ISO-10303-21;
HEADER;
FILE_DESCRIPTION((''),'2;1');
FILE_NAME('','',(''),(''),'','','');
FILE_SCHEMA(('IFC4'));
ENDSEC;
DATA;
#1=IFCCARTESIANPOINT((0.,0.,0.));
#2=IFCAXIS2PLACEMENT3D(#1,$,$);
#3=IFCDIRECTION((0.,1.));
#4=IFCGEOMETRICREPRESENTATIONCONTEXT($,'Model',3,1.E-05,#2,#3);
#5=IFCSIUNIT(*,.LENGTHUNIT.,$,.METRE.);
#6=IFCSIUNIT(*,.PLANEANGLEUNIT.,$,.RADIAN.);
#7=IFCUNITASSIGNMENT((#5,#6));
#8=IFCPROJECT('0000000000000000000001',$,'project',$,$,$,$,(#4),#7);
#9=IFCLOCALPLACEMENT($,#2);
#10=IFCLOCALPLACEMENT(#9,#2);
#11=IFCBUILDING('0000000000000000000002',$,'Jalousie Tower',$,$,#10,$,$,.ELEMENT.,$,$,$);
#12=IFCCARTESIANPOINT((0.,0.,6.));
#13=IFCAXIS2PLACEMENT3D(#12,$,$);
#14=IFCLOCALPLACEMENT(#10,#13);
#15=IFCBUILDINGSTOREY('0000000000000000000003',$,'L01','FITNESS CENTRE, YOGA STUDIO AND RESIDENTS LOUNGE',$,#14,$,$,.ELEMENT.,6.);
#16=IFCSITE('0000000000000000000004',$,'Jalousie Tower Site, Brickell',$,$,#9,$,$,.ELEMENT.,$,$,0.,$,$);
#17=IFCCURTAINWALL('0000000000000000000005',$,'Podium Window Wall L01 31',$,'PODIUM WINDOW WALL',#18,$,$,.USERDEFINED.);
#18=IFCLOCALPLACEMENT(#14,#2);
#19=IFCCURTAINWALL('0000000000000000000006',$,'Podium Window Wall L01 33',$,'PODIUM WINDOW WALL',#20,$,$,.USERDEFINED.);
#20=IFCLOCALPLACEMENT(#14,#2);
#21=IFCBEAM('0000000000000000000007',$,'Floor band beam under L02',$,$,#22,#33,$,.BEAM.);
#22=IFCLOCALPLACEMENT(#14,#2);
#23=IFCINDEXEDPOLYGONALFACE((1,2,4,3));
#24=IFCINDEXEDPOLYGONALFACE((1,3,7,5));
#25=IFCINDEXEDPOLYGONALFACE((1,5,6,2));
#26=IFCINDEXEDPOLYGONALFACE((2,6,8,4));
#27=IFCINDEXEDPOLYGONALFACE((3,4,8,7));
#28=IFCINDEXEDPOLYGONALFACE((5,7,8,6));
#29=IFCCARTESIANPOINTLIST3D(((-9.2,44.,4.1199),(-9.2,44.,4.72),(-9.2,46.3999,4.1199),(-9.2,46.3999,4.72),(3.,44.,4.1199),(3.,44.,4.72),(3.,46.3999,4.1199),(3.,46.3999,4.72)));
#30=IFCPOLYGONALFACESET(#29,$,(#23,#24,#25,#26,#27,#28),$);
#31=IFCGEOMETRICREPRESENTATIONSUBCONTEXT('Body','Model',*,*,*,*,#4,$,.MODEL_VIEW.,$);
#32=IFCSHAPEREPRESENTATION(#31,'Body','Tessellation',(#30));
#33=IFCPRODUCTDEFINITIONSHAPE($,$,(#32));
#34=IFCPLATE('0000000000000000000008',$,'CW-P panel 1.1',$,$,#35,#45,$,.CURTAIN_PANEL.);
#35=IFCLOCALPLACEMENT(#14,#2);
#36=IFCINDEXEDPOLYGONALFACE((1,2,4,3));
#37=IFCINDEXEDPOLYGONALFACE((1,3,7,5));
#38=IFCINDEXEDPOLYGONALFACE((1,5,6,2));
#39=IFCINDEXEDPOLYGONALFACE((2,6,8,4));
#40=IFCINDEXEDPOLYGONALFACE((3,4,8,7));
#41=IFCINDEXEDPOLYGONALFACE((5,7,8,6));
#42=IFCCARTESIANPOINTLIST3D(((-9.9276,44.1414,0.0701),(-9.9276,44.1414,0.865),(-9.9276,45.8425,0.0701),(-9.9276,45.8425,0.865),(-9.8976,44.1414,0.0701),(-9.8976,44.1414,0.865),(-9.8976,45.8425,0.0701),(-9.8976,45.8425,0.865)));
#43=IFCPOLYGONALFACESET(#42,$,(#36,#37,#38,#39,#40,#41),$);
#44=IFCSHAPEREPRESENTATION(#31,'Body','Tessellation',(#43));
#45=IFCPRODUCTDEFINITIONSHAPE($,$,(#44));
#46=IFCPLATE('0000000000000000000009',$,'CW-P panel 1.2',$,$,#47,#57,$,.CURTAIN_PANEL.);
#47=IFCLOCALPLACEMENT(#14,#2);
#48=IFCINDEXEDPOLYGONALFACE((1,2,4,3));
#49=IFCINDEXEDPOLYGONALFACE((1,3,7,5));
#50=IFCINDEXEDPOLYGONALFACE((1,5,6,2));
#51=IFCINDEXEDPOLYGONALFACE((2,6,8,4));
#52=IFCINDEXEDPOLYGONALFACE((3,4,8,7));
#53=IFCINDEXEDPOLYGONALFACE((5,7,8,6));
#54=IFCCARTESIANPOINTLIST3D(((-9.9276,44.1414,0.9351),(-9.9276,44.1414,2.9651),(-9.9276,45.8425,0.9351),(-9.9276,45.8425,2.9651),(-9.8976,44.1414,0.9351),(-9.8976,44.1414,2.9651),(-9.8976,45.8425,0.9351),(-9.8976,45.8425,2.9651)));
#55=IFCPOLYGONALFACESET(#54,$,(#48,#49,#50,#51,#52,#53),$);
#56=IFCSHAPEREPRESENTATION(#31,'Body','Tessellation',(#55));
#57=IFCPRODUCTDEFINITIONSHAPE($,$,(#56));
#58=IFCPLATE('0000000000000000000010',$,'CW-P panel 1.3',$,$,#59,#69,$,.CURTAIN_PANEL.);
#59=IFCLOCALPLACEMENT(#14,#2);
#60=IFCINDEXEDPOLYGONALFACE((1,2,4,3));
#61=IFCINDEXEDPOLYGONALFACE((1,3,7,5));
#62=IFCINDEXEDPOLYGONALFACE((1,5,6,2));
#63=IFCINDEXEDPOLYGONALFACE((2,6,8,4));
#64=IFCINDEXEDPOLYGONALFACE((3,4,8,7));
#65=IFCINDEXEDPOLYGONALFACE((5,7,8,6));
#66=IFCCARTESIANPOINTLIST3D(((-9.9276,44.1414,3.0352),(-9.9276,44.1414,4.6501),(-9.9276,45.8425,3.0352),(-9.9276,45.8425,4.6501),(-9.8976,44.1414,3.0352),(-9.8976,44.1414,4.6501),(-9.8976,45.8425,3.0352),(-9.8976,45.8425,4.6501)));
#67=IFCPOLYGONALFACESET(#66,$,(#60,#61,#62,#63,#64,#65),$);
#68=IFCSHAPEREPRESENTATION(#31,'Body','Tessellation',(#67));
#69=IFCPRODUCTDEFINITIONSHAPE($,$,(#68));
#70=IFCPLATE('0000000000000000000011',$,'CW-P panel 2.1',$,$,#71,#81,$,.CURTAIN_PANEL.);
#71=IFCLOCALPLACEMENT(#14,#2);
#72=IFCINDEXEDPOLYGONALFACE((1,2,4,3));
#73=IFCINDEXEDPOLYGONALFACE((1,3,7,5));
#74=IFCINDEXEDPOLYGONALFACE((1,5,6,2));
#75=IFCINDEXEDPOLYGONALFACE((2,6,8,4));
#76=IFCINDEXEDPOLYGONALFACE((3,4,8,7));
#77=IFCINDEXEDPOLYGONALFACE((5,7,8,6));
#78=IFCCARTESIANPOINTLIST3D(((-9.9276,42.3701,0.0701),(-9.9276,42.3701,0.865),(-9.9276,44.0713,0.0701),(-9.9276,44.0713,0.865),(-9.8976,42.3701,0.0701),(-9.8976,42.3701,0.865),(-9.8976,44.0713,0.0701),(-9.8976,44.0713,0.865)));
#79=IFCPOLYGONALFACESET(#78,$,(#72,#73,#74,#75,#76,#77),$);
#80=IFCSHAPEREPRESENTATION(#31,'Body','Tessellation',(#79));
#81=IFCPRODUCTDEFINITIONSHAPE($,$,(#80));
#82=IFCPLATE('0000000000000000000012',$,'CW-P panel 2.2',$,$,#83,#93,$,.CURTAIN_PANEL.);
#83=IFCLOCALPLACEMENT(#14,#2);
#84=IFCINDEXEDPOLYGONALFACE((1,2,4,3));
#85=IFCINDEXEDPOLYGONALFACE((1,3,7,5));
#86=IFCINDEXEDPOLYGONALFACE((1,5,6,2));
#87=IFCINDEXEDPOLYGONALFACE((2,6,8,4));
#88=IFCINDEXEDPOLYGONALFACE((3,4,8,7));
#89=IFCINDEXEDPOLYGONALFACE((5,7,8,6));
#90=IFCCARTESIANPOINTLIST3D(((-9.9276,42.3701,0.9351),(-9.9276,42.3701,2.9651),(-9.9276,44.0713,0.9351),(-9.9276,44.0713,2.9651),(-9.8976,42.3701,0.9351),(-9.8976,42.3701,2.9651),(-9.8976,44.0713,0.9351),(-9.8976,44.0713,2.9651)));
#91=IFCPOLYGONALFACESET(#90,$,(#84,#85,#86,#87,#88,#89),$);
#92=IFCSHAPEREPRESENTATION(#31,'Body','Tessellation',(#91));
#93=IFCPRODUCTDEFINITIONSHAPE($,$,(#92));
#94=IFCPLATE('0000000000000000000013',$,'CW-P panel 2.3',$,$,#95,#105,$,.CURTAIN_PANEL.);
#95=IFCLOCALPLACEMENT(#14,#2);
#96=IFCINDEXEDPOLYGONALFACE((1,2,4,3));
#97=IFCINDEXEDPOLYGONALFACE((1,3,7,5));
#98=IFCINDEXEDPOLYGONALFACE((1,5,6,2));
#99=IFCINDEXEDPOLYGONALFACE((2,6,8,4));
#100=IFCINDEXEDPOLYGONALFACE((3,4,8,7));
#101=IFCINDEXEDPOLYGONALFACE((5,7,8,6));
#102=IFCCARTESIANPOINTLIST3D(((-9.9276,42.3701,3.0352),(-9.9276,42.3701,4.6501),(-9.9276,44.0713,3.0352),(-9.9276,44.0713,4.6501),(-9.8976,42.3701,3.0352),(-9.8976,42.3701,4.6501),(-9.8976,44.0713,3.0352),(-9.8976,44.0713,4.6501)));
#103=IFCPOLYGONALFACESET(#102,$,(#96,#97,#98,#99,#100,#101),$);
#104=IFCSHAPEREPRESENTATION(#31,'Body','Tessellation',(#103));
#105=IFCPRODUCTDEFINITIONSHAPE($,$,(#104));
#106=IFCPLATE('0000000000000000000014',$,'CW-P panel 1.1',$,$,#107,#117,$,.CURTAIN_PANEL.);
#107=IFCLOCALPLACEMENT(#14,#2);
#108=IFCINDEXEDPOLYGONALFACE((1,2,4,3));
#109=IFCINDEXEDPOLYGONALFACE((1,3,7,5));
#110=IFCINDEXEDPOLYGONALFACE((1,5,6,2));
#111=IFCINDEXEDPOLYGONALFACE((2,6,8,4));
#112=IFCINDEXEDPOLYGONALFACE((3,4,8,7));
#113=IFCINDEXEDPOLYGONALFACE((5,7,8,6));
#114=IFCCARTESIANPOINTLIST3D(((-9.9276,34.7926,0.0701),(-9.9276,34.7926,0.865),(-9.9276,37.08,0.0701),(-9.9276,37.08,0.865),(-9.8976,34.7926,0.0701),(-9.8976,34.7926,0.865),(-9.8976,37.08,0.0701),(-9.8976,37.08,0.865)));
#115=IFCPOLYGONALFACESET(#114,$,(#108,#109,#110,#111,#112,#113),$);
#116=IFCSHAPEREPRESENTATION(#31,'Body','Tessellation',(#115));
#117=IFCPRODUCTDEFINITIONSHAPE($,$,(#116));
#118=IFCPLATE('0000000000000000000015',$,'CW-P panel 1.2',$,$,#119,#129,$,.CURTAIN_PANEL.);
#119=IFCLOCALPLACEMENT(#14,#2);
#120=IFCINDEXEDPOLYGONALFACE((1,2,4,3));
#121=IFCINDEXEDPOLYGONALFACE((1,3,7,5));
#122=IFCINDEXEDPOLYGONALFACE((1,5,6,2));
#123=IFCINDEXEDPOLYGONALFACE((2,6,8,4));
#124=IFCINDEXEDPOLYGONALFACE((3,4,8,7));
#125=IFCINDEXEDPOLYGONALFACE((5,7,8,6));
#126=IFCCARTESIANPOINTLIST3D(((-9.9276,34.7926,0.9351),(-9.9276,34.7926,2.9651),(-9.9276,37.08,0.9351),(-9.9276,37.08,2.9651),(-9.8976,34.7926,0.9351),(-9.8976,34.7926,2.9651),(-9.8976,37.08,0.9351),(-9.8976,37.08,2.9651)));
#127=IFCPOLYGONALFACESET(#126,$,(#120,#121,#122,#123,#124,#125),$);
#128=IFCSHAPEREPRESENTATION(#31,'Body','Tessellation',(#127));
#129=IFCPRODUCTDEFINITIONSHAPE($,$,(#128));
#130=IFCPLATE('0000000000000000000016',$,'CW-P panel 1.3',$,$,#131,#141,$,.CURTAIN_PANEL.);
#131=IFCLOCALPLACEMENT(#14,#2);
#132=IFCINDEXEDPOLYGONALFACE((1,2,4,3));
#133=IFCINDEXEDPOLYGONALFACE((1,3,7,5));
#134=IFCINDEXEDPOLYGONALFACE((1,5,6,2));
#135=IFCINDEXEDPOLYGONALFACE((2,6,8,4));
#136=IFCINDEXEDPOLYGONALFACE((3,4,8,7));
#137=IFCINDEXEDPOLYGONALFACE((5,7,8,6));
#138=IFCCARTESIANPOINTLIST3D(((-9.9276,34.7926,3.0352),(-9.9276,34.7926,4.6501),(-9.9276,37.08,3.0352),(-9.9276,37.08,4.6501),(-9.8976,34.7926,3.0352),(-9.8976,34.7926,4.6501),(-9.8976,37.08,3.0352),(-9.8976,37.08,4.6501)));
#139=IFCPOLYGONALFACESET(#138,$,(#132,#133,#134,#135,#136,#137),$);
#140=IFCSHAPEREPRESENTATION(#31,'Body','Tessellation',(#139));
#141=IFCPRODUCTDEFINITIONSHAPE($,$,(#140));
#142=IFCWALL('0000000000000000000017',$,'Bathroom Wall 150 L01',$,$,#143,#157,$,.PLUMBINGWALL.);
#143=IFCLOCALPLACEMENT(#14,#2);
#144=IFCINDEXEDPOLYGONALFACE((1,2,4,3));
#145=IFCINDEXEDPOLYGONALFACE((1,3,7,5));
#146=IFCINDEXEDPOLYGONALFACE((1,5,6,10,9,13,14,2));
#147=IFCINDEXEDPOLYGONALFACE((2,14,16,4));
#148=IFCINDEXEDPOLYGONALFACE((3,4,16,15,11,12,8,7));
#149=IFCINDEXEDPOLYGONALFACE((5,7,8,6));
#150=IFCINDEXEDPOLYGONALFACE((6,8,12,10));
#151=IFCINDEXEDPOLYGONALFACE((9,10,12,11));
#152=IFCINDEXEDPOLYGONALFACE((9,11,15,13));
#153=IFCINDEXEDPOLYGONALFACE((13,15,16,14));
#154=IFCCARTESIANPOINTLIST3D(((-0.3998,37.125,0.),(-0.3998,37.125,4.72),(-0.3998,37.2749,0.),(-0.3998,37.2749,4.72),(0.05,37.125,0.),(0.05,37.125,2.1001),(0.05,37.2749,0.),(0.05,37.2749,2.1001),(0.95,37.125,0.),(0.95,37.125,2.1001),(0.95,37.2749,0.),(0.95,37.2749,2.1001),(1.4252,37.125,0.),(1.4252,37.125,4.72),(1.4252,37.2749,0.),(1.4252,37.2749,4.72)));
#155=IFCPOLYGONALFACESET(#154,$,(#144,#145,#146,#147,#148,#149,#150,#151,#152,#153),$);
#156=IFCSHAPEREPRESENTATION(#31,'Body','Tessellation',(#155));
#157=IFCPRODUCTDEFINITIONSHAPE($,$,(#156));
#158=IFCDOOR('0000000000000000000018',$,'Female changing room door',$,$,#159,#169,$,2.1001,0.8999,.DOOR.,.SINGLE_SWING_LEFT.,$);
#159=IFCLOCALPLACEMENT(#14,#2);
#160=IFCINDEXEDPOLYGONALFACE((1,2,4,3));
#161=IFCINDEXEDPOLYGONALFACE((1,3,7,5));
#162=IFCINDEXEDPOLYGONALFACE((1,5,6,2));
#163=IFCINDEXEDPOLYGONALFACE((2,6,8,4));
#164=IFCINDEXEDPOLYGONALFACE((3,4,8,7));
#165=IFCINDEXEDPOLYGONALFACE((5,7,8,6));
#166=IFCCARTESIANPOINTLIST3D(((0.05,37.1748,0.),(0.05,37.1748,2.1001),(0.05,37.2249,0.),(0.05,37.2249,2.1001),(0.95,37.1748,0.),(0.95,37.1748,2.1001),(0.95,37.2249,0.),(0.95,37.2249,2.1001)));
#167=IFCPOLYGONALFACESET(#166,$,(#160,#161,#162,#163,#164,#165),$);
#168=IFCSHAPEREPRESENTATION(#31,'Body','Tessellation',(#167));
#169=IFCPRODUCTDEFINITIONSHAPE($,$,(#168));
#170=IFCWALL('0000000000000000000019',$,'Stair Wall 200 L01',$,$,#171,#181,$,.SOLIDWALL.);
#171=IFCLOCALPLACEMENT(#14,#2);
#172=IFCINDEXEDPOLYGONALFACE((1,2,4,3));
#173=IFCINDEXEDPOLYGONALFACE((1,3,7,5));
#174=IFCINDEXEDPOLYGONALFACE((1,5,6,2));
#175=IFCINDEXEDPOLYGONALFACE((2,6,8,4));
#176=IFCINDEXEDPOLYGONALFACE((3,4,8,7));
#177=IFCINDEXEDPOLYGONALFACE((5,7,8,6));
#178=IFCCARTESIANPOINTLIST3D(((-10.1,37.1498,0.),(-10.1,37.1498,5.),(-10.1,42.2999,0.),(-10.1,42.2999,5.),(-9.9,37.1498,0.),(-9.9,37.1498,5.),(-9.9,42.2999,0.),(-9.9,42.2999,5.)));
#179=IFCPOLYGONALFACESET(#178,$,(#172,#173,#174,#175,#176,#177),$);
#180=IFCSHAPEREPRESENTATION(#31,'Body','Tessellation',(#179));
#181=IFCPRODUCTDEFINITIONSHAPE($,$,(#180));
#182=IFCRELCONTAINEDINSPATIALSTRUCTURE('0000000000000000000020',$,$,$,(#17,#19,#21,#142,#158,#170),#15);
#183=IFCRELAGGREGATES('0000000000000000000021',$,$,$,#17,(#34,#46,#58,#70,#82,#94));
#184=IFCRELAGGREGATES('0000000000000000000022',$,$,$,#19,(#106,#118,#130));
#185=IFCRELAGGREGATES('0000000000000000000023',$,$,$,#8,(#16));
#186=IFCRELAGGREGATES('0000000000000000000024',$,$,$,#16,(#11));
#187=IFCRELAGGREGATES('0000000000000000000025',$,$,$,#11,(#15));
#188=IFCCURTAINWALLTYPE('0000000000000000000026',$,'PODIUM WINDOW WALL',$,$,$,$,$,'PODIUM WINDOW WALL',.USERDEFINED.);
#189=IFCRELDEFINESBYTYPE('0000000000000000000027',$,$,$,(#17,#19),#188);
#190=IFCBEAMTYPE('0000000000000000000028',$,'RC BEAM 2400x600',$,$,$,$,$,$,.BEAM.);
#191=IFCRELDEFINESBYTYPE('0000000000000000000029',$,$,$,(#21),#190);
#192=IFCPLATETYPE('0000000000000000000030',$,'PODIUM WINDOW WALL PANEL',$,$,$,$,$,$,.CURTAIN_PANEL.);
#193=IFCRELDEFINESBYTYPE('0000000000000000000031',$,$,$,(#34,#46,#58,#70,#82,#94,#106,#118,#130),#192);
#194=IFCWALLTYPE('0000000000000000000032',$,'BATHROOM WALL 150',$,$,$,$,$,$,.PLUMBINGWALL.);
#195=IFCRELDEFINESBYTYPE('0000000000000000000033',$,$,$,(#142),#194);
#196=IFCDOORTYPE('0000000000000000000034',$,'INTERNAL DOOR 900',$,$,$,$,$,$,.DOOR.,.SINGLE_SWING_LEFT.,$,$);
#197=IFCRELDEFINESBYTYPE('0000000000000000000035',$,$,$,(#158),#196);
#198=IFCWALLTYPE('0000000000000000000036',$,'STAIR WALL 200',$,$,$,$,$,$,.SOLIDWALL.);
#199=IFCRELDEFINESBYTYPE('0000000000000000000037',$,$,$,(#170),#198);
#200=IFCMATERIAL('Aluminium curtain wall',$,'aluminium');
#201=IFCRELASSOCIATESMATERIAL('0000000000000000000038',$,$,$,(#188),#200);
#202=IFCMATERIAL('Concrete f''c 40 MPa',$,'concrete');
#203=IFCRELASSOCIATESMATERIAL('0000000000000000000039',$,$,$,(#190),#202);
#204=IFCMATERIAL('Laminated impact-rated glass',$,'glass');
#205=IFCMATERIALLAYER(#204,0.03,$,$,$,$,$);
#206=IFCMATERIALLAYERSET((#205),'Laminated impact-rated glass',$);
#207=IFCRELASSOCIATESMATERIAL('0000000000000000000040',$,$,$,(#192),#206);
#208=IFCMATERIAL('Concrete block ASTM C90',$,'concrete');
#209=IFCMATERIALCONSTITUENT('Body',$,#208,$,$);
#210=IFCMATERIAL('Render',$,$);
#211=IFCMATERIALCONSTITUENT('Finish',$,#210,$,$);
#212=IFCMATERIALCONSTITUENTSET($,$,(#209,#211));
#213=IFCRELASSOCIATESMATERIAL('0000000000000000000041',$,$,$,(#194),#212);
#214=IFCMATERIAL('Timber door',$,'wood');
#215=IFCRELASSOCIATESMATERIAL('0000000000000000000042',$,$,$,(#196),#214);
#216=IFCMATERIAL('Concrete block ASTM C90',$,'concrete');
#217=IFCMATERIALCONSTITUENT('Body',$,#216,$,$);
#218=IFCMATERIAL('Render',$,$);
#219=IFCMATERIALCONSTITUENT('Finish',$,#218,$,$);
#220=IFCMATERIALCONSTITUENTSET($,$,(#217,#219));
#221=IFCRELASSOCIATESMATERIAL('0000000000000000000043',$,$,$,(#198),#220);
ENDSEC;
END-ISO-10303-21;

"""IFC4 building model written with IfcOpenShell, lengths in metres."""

from ifc_helpers import new_model, si_unit, direction, frame, frame_2d, origin, origin_2d, place, context, subcontext, project, spatial, rectangle, extrude, material, layer, layer_set, constituent, constituent_set, material_profile, profile_set, type_object, element, fill, aggregate, save


model = new_model("IFC4")

# Units and contexts
model_context = context("Model", 3, precision=1e-05, world=origin(), true_north=direction((0.0, 1.0)))
body_context = subcontext(model_context, "Body", "Model", "MODEL_VIEW")
ifc_project = project(units=[si_unit("LENGTHUNIT", "METRE"), si_unit("PLANEANGLEUNIT", "RADIAN")], contexts=[model_context])

# Site, building, storey
site_placement = place(None, origin())
site = spatial("IfcSite", under=ifc_project, at=site_placement, Name="Jalousie Tower Site, Brickell", CompositionType="ELEMENT", RefElevation=0.0)
building_placement = place(site_placement, origin())
building = spatial("IfcBuilding", under=site, at=building_placement, Name="Jalousie Tower", CompositionType="ELEMENT")
storey_placement = place(building_placement, frame((0.0, 0.0, 6.0)))
storey = spatial("IfcBuildingStorey", under=building, at=storey_placement, Name="L01", Description="FITNESS CENTRE, YOGA STUDIO AND RESIDENTS LOUNGE", CompositionType="ELEMENT", Elevation=6.0)

# Curtain wall
ifc_material_1 = material(Name="Aluminium curtain wall", Category="aluminium")
curtain_wall_type = type_object("IfcCurtainWallType", Name="PODIUM WINDOW WALL", ElementType="PODIUM WINDOW WALL", PredefinedType="USERDEFINED", material=ifc_material_1)
curtain_wall_1_placement = place(storey_placement, origin())
curtain_wall_1 = element("IfcCurtainWall", 1, at=curtain_wall_1_placement, inside=storey, type_object=curtain_wall_type, Name="Podium Window Wall L01 31", ObjectType="PODIUM WINDOW WALL", PredefinedType="USERDEFINED")

# Curtain wall
curtain_wall_2_placement = place(storey_placement, origin())
curtain_wall_2 = element("IfcCurtainWall", 2, at=curtain_wall_2_placement, inside=storey, type_object=curtain_wall_type, Name="Podium Window Wall L01 33", ObjectType="PODIUM WINDOW WALL", PredefinedType="USERDEFINED")

# Beam
ifc_material_2 = material(Name="Concrete f'c 40 MPa", Category="concrete")
ifc_material_profile_1 = material_profile(ifc_material_2, rectangle(XDim=2.3999, YDim=0.6001, at=origin_2d()), Name="RC 2400x600")
ifc_profile_set_1 = profile_set([ifc_material_profile_1], Name="Concrete f'c 40 MPa")
beam_type = type_object("IfcBeamType", Name="RC BEAM 2400x600", PredefinedType="BEAM", material=ifc_profile_set_1)
beam_placement = place(storey_placement, frame((-9.2, 45.2, 4.4199), z_axis=(1.0, 0.0, 0.0), x_axis=(0.0, 1.0, 0.0)))
element("IfcBeam", 3, at=beam_placement, inside=storey, type_object=beam_type, Name="Floor band beam under L02", PredefinedType="BEAM", context=body_context, shape_type="SweptSolid", body=[
    extrude(rectangle(XDim=2.3999, YDim=0.6001, at=origin_2d()), origin(), (0.0, 0.0, 1.0), 12.2),
])

# Plates
ifc_material_3 = material(Name="Laminated impact-rated glass", Category="glass")
ifc_layer = layer(ifc_material_3, 0.03)
ifc_layer_set = layer_set([ifc_layer], Name="Laminated impact-rated glass")
plate_type = type_object("IfcPlateType", Name="PODIUM WINDOW WALL PANEL", PredefinedType="CURTAIN_PANEL", material=ifc_layer_set)
plate_1_placement = place(storey_placement, frame((-9.9126, 44.9919, 0.0701), z_axis=(0.0, 0.0, 1.0), x_axis=(0.0, -1.0, 0.0)))
plate_1 = element("IfcPlate", 4, at=plate_1_placement, type_object=plate_type, Name="CW-P panel 1.1", PredefinedType="CURTAIN_PANEL", context=body_context, shape_type="SweptSolid", body=[
    extrude(rectangle(XDim=1.7012, YDim=0.03, at=origin_2d()), origin(), (0.0, 0.0, 1.0), 0.7949),
])
plate_2_placement = place(storey_placement, frame((-9.9126, 44.9919, 0.9351), z_axis=(0.0, 0.0, 1.0), x_axis=(0.0, -1.0, 0.0)))
plate_2 = element("IfcPlate", 5, at=plate_2_placement, type_object=plate_type, Name="CW-P panel 1.2", PredefinedType="CURTAIN_PANEL", context=body_context, shape_type="SweptSolid", body=[
    extrude(rectangle(XDim=1.7012, YDim=0.03, at=origin_2d()), origin(), (0.0, 0.0, 1.0), 2.03),
])
plate_3_placement = place(storey_placement, frame((-9.9126, 44.9919, 3.0352), z_axis=(0.0, 0.0, 1.0), x_axis=(0.0, -1.0, 0.0)))
plate_3 = element("IfcPlate", 6, at=plate_3_placement, type_object=plate_type, Name="CW-P panel 1.3", PredefinedType="CURTAIN_PANEL", context=body_context, shape_type="SweptSolid", body=[
    extrude(rectangle(XDim=1.7012, YDim=0.03, at=origin_2d()), origin(), (0.0, 0.0, 1.0), 1.615),
])
plate_4_placement = place(storey_placement, frame((-9.9126, 43.2207, 0.0701), z_axis=(0.0, 0.0, 1.0), x_axis=(0.0, -1.0, 0.0)))
plate_4 = element("IfcPlate", 7, at=plate_4_placement, type_object=plate_type, Name="CW-P panel 2.1", PredefinedType="CURTAIN_PANEL", context=body_context, shape_type="SweptSolid", body=[
    extrude(rectangle(XDim=1.7012, YDim=0.03, at=origin_2d()), origin(), (0.0, 0.0, 1.0), 0.7949),
])
plate_5_placement = place(storey_placement, frame((-9.9126, 43.2207, 0.9351), z_axis=(0.0, 0.0, 1.0), x_axis=(0.0, -1.0, 0.0)))
plate_5 = element("IfcPlate", 8, at=plate_5_placement, type_object=plate_type, Name="CW-P panel 2.2", PredefinedType="CURTAIN_PANEL", context=body_context, shape_type="SweptSolid", body=[
    extrude(rectangle(XDim=1.7012, YDim=0.03, at=origin_2d()), origin(), (0.0, 0.0, 1.0), 2.03),
])
plate_6_placement = place(storey_placement, frame((-9.9126, 43.2207, 3.0352), z_axis=(0.0, 0.0, 1.0), x_axis=(0.0, -1.0, 0.0)))
plate_6 = element("IfcPlate", 9, at=plate_6_placement, type_object=plate_type, Name="CW-P panel 2.3", PredefinedType="CURTAIN_PANEL", context=body_context, shape_type="SweptSolid", body=[
    extrude(rectangle(XDim=1.7012, YDim=0.03, at=origin_2d()), origin(), (0.0, 0.0, 1.0), 1.615),
])
aggregate(curtain_wall_1, [plate_1, plate_2, plate_3, plate_4, plate_5, plate_6])
plate_7_placement = place(storey_placement, frame((-9.9126, 35.9363, 0.0701), z_axis=(0.0, 0.0, 1.0), x_axis=(0.0, -1.0, 0.0)))
plate_7 = element("IfcPlate", 10, at=plate_7_placement, type_object=plate_type, Name="CW-P panel 1.1", PredefinedType="CURTAIN_PANEL", context=body_context, shape_type="SweptSolid", body=[
    extrude(rectangle(XDim=2.2874, YDim=0.03, at=origin_2d()), origin(), (0.0, 0.0, 1.0), 0.7949),
])
plate_8_placement = place(storey_placement, frame((-9.9126, 35.9363, 0.9351), z_axis=(0.0, 0.0, 1.0), x_axis=(0.0, -1.0, 0.0)))
plate_8 = element("IfcPlate", 11, at=plate_8_placement, type_object=plate_type, Name="CW-P panel 1.2", PredefinedType="CURTAIN_PANEL", context=body_context, shape_type="SweptSolid", body=[
    extrude(rectangle(XDim=2.2874, YDim=0.03, at=origin_2d()), origin(), (0.0, 0.0, 1.0), 2.03),
])
plate_9_placement = place(storey_placement, frame((-9.9126, 35.9363, 3.0352), z_axis=(0.0, 0.0, 1.0), x_axis=(0.0, -1.0, 0.0)))
plate_9 = element("IfcPlate", 12, at=plate_9_placement, type_object=plate_type, Name="CW-P panel 1.3", PredefinedType="CURTAIN_PANEL", context=body_context, shape_type="SweptSolid", body=[
    extrude(rectangle(XDim=2.2874, YDim=0.03, at=origin_2d()), origin(), (0.0, 0.0, 1.0), 1.615),
])
aggregate(curtain_wall_2, [plate_7, plate_8, plate_9])

# Wall, opening, door
ifc_material_4 = material(Name="Concrete block ASTM C90", Category="concrete")
ifc_constituent_1 = constituent(ifc_material_4, Name="Body")
ifc_material_5 = material(Name="Render")
ifc_constituent_2 = constituent(ifc_material_5, Name="Finish")
ifc_constituent_set_1 = constituent_set(constituents=[ifc_constituent_1, ifc_constituent_2])
wall_type_1 = type_object("IfcWallType", Name="BATHROOM WALL 150", PredefinedType="PLUMBINGWALL", material=ifc_constituent_set_1)
wall_1_placement = place(storey_placement, frame((-0.3999, 37.2, 0.0), z_axis=(0.0, 0.0, 1.0), x_axis=(1.0, 0.0, 0.0)))
wall_1 = element("IfcWall", 13, at=wall_1_placement, inside=storey, type_object=wall_type_1, Name="Bathroom Wall 150 L01", PredefinedType="PLUMBINGWALL", context=body_context, shape_type="SweptSolid", body=[
    extrude(rectangle(XDim=1.825, YDim=0.1499, at=frame_2d((0.9126, 0.0))), origin(), (0.0, 0.0, 1.0), 4.72),
])
opening_1_placement = place(wall_1_placement, frame((0.45, 0.0, 0.0)))
opening_1 = element("IfcOpeningElement", 14, at=opening_1_placement, cuts=wall_1, PredefinedType="OPENING", context=body_context, shape_type="SweptSolid", body=[
    extrude(rectangle(XDim=0.8999, YDim=2.1001, at=frame_2d((0.45, 1.05))), frame((0.0, 0.085, 0.0), z_axis=(0.0, -1.0, 0.0), x_axis=(1.0, 0.0, 0.0)), (0.0, 0.0, 1.0), 0.1699),
])
ifc_material_6 = material(Name="Timber door", Category="wood")
door_type_1 = type_object("IfcDoorType", Name="INTERNAL DOOR 900", OperationType="SINGLE_SWING_LEFT", PredefinedType="DOOR", material=ifc_material_6)
door_1_placement = place(opening_1_placement, origin())
door_1 = element("IfcDoor", 15, at=door_1_placement, inside=storey, type_object=door_type_1, Name="Female changing room door", OperationType="SINGLE_SWING_LEFT", OverallHeight=2.1001, OverallWidth=0.8999, PredefinedType="DOOR", context=body_context, shape_type="SweptSolid", body=[
    extrude(rectangle(XDim=0.8999, YDim=2.1001, at=frame_2d((0.45, 1.05))), frame((0.0, 0.0249, 0.0), z_axis=(0.0, -1.0, 0.0), x_axis=(1.0, 0.0, 0.0)), (0.0, 0.0, 1.0), 0.05),
])
fill(opening_1, door_1)

# Wall
ifc_material_7 = material(Name="Concrete block ASTM C90", Category="concrete")
ifc_constituent_3 = constituent(ifc_material_7, Name="Body")
ifc_material_8 = material(Name="Render")
ifc_constituent_4 = constituent(ifc_material_8, Name="Finish")
ifc_constituent_set_2 = constituent_set(constituents=[ifc_constituent_3, ifc_constituent_4])
wall_type_2 = type_object("IfcWallType", Name="STAIR WALL 200", PredefinedType="SOLIDWALL", material=ifc_constituent_set_2)
wall_2_placement = place(storey_placement, frame((-10.0, 42.3, 0.0), z_axis=(0.0, 0.0, 1.0), x_axis=(0.0, -1.0, 0.0)))
element("IfcWall", 16, at=wall_2_placement, inside=storey, type_object=wall_type_2, Name="Stair Wall 200 L01", PredefinedType="SOLIDWALL", context=body_context, shape_type="SweptSolid", body=[
    extrude(rectangle(XDim=5.1501, YDim=0.2, at=frame_2d((2.5752, 0.0))), origin(), (0.0, 0.0, 1.0), 5.0),
])

save(model, "model.ifc")
